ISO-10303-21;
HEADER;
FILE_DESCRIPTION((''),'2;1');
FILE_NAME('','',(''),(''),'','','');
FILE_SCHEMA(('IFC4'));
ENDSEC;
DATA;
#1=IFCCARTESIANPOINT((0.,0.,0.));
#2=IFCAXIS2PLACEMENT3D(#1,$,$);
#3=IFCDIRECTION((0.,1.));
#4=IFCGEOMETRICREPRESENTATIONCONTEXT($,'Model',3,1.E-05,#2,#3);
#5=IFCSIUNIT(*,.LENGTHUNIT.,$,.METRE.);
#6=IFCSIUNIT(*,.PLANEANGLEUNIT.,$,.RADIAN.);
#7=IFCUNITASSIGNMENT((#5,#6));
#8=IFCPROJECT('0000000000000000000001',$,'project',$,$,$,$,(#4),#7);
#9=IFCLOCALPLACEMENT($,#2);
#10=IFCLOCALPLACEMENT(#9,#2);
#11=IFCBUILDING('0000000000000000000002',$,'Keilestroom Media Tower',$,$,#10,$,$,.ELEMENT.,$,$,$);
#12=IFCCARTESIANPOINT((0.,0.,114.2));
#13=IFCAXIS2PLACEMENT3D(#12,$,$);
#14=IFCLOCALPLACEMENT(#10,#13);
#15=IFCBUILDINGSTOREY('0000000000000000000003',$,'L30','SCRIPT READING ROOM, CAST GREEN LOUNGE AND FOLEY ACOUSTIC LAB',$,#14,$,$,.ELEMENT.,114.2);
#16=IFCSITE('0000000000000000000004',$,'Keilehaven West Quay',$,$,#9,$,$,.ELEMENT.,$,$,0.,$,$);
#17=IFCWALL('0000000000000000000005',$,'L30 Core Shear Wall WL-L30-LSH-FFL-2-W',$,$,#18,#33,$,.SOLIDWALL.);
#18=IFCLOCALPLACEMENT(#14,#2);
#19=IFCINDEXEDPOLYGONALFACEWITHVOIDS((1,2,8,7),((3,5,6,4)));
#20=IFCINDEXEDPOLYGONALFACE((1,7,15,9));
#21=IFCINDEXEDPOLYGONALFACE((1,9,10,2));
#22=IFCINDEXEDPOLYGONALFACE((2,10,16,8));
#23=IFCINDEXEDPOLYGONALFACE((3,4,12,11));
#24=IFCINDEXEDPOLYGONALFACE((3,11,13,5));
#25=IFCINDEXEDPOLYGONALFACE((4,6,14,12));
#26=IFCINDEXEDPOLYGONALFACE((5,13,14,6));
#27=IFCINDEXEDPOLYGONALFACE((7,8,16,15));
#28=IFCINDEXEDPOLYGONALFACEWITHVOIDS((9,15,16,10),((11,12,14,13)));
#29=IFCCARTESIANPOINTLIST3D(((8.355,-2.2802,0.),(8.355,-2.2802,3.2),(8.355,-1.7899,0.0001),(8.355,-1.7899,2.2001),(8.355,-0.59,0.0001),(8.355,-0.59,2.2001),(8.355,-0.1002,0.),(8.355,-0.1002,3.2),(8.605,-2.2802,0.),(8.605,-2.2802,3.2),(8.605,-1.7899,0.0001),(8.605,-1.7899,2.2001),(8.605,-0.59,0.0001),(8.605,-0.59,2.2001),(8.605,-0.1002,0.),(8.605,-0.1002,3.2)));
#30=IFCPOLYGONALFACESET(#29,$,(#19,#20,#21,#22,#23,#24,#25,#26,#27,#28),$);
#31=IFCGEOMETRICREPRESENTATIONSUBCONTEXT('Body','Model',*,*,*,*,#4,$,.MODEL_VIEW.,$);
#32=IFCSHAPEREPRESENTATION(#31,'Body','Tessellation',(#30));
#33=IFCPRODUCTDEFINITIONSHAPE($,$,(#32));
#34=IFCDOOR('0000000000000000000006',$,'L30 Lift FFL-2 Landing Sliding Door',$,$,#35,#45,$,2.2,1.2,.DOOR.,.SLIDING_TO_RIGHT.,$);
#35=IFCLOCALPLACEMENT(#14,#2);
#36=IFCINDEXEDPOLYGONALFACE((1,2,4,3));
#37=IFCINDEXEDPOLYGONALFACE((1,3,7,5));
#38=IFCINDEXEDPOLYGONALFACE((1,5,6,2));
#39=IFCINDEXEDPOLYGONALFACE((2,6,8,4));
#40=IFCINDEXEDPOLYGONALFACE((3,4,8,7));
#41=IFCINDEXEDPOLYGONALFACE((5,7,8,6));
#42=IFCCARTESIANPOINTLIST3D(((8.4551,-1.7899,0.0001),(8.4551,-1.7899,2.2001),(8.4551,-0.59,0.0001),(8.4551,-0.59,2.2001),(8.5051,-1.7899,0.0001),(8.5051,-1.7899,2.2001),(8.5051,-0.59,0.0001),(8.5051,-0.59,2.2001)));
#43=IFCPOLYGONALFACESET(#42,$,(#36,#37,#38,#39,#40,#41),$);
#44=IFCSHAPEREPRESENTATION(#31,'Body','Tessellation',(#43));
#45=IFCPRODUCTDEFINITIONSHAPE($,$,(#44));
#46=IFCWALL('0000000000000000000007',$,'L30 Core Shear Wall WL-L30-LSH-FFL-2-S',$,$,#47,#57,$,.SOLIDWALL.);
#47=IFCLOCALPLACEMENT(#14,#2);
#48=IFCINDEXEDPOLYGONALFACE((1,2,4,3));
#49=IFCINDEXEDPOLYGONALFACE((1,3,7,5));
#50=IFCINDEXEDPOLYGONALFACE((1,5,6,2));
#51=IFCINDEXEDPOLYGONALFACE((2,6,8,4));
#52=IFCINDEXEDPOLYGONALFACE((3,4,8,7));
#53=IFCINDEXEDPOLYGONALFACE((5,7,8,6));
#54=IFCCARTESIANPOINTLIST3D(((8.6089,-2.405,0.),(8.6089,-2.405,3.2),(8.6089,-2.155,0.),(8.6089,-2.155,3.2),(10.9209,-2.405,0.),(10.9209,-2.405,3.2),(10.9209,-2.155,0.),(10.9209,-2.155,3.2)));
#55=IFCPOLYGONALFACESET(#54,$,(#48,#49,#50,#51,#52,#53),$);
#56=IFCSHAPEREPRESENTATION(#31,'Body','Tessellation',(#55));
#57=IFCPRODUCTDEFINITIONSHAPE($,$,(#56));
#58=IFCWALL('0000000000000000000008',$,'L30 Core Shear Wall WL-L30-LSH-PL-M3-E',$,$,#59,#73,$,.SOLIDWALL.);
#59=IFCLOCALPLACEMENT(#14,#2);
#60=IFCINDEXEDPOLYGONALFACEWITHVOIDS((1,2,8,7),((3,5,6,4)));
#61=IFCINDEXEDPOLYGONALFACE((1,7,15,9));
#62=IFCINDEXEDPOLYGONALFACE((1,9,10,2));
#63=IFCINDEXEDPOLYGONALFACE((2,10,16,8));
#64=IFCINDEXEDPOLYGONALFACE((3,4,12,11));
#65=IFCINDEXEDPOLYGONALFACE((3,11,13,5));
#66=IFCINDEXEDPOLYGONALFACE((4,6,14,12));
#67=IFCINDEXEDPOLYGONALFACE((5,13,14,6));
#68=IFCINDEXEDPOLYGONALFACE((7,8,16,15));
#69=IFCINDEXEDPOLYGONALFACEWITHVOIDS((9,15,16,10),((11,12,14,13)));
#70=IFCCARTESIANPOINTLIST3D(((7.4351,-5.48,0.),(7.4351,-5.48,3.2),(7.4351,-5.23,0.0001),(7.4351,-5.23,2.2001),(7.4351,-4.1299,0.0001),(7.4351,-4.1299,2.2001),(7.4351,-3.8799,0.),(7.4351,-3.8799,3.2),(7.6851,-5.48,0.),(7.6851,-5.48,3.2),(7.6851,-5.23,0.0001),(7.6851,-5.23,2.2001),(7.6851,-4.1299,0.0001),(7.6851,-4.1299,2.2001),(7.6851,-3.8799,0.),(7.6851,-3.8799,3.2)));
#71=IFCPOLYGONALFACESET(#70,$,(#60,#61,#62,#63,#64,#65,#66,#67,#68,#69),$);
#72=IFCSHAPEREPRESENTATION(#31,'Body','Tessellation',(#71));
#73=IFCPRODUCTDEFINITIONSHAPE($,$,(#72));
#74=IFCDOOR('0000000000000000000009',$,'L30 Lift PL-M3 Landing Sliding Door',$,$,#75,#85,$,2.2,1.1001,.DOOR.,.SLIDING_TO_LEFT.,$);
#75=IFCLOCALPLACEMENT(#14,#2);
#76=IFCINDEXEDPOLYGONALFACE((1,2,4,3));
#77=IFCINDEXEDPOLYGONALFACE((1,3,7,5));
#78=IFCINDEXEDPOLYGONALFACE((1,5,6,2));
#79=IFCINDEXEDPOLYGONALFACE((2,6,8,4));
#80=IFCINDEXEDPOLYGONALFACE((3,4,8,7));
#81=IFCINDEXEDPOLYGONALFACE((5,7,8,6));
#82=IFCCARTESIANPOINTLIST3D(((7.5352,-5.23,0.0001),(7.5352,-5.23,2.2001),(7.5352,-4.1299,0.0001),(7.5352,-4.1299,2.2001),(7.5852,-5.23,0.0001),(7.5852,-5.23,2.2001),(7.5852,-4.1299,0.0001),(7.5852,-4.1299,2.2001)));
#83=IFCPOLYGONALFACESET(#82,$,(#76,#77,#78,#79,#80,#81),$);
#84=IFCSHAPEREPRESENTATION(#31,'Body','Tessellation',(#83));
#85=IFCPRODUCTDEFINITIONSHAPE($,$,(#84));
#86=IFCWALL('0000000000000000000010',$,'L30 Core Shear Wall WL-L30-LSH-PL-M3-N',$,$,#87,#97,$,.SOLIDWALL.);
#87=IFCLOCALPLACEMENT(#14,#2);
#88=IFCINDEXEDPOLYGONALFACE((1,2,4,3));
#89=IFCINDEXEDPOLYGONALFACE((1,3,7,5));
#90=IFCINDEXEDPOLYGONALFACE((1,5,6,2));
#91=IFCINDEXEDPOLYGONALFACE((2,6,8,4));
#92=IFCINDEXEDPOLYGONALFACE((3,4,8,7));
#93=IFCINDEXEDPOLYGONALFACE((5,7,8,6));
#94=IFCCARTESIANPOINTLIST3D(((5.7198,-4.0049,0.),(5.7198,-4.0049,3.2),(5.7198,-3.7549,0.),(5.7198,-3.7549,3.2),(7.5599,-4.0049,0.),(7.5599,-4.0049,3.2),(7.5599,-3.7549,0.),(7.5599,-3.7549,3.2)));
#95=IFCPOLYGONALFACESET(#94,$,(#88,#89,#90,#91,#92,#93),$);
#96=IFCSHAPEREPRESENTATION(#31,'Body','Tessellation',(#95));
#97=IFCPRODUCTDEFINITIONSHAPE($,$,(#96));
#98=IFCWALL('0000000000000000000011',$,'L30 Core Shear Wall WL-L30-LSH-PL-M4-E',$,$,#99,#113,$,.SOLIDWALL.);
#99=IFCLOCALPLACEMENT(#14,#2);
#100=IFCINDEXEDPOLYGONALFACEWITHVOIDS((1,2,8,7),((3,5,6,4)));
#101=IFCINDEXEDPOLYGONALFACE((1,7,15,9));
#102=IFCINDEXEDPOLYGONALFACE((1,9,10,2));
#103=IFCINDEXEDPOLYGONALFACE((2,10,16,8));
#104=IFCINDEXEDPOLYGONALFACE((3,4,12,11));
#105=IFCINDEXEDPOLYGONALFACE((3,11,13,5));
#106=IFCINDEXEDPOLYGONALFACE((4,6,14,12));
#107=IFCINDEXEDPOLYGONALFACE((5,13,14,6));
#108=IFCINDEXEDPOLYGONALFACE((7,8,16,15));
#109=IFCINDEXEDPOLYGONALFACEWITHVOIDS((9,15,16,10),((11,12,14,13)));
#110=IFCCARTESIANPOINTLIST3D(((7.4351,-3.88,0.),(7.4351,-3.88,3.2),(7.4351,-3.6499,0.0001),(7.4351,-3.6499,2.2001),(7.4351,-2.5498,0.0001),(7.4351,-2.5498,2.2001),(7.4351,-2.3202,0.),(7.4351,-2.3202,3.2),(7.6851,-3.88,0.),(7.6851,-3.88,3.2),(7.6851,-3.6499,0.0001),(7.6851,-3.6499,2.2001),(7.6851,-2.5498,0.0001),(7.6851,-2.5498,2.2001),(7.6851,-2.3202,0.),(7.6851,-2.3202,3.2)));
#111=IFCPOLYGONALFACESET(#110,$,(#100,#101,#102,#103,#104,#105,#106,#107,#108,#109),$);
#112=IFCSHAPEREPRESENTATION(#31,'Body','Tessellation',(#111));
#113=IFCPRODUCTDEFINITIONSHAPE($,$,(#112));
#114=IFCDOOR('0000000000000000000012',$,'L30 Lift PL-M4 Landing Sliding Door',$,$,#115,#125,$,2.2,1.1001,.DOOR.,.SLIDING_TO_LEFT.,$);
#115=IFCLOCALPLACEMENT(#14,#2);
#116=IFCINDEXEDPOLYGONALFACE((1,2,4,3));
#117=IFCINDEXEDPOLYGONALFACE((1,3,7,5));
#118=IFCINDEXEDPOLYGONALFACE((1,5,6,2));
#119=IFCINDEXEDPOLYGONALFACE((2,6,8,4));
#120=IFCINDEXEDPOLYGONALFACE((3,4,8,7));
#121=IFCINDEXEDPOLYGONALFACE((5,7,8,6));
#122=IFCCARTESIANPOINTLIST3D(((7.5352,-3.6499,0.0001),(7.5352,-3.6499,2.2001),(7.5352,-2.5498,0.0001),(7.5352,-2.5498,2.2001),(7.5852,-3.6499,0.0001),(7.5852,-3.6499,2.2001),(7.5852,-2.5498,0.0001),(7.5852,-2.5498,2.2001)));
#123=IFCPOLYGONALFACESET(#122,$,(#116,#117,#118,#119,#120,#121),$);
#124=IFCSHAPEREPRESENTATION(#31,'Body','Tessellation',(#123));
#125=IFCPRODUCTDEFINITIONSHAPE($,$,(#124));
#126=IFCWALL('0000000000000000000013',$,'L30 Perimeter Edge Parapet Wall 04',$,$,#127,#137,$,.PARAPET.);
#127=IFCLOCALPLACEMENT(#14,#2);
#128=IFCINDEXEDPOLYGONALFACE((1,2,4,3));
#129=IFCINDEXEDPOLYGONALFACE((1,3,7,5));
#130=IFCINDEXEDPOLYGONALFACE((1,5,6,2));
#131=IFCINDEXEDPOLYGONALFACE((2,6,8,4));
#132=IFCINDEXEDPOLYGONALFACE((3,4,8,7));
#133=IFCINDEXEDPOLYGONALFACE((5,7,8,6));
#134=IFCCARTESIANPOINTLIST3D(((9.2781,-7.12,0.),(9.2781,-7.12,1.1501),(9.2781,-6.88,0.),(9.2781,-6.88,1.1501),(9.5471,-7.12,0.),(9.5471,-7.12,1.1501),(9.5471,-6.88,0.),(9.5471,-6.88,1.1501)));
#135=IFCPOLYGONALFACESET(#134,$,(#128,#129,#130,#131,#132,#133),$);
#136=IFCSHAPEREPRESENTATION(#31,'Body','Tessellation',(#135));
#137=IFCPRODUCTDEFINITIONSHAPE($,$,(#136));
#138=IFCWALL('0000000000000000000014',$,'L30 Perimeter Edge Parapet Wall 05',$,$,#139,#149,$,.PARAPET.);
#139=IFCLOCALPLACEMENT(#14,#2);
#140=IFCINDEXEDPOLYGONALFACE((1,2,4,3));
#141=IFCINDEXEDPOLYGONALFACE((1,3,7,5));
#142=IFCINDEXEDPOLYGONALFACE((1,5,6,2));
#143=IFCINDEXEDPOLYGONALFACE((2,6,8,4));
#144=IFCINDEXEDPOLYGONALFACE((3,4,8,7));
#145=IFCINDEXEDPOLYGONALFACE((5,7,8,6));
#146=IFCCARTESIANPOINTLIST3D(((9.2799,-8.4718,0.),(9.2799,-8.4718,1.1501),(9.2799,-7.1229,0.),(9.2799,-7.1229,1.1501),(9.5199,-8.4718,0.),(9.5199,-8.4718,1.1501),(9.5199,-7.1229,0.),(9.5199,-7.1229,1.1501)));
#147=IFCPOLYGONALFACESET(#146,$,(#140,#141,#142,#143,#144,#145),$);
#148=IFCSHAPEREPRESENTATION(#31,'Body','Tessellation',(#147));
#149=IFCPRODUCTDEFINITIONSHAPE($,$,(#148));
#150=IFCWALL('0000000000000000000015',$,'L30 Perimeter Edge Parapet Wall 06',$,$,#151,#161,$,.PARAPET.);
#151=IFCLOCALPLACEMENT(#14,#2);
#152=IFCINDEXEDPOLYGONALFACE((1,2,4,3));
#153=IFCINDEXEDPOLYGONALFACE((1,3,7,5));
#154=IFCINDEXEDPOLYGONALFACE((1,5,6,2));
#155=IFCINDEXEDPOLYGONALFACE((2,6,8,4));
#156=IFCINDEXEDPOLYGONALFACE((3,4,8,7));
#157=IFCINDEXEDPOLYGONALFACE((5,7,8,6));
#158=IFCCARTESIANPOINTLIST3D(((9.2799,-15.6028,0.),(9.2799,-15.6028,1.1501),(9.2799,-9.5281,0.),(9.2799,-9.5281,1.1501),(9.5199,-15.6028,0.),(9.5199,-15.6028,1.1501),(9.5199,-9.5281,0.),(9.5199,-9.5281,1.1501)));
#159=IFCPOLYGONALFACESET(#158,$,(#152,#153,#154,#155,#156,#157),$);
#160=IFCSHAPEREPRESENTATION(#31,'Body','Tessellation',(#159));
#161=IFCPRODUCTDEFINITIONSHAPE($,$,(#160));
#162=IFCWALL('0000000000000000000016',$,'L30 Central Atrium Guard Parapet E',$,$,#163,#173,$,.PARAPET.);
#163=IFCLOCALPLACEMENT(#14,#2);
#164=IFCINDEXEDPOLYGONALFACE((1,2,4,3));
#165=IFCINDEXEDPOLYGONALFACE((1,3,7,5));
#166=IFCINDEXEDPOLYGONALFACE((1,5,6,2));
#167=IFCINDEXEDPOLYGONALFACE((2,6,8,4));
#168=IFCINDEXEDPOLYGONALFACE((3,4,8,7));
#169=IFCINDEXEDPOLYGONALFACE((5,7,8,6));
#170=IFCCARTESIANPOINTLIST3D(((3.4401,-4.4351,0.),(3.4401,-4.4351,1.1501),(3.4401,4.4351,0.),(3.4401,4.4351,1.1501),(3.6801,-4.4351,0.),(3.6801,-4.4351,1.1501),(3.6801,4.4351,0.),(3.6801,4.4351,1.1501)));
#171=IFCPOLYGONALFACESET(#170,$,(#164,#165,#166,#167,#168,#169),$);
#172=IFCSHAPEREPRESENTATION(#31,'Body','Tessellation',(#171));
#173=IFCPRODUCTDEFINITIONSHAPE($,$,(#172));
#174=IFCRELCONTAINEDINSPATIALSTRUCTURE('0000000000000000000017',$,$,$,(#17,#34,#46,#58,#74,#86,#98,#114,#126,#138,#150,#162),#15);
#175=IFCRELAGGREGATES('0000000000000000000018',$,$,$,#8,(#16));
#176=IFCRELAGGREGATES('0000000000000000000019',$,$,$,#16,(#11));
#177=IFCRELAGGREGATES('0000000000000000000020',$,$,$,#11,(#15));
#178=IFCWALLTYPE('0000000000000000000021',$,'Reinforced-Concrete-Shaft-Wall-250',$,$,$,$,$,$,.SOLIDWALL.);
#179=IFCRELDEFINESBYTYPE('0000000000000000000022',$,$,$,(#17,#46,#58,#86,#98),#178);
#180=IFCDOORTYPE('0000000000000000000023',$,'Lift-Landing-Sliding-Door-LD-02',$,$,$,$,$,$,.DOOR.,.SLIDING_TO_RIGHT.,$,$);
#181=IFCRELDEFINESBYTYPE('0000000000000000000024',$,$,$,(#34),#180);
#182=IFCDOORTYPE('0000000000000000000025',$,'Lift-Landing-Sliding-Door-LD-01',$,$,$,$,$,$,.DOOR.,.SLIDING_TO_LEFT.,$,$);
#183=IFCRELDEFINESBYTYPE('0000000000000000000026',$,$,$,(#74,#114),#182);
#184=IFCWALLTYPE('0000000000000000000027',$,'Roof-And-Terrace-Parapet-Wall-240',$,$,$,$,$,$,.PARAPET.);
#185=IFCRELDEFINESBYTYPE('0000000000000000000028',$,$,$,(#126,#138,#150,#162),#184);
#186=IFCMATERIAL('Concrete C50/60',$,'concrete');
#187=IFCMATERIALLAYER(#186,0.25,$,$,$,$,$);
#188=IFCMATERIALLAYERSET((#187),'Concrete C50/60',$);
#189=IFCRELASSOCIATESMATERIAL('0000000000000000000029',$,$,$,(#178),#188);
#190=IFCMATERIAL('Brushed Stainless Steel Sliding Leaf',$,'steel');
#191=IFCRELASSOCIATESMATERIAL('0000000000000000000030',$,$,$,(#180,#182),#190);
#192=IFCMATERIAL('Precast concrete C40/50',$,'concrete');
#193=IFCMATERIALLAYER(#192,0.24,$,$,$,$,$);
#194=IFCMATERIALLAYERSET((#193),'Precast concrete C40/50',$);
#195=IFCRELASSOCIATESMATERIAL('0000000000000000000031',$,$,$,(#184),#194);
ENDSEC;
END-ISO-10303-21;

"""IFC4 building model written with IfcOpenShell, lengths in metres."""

from ifc_helpers import new_model, si_unit, direction, frame, frame_2d, origin, place, context, subcontext, project, spatial, rectangle, extrude, source, transform, mapped, material, layer, layer_set, type_object, element, fill, save


model = new_model("IFC4")

# Units and contexts
model_context = context("Model", 3, precision=1e-05, world=origin(), true_north=direction((0.0, 1.0)))
body_context = subcontext(model_context, "Body", "Model", "MODEL_VIEW")
ifc_project = project(units=[si_unit("LENGTHUNIT", "METRE"), si_unit("PLANEANGLEUNIT", "RADIAN")], contexts=[model_context])

# Site, building, storey
site_placement = place(None, origin())
site = spatial("IfcSite", under=ifc_project, at=site_placement, Name="Keilehaven West Quay", CompositionType="ELEMENT", RefElevation=0.0)
building_placement = place(site_placement, origin())
building = spatial("IfcBuilding", under=site, at=building_placement, Name="Keilestroom Media Tower", CompositionType="ELEMENT")
storey_placement = place(building_placement, frame((0.0, 0.0, 114.2)))
storey = spatial("IfcBuildingStorey", under=building, at=storey_placement, Name="L30", Description="SCRIPT READING ROOM, CAST GREEN LOUNGE AND FOLEY ACOUSTIC LAB", CompositionType="ELEMENT", Elevation=114.2)

# Shared definitions
shared_shape_1 = source(origin(), body_context, "Body", "SweptSolid", [
    extrude(rectangle(XDim=1.2, YDim=2.2, at=frame_2d((0.6001, 1.1001))), frame((0.0, 0.0249, 0.0), z_axis=(0.0, -1.0, 0.0), x_axis=(1.0, 0.0, 0.0)), (0.0, 0.0, 1.0), 0.05),
])

# Shared definitions
ifc_material_1 = material(Name="Concrete C50/60", Category="concrete")
ifc_layer_1 = layer(ifc_material_1, 0.25)
ifc_layer_set_1 = layer_set([ifc_layer_1], Name="Concrete C50/60")
wall_type_1 = type_object("IfcWallType", Name="Reinforced-Concrete-Shaft-Wall-250", PredefinedType="SOLIDWALL", material=ifc_layer_set_1)

# Wall, opening, door
wall_1_placement = place(storey_placement, frame((8.48, -2.28, 0.0), z_axis=(0.0, 0.0, 1.0), x_axis=(0.0, 1.0, 0.0)))
wall_1 = element("IfcWall", 1, at=wall_1_placement, inside=storey, type_object=wall_type_1, Name="L30 Core Shear Wall WL-L30-LSH-FFL-2-W", PredefinedType="SOLIDWALL", context=body_context, shape_type="SweptSolid", body=[
    extrude(rectangle(XDim=2.1799, YDim=0.25, at=frame_2d((1.0898, 0.0))), origin(), (0.0, 0.0, 1.0), 3.2),
])
opening_1_placement = place(wall_1_placement, frame((0.49, 0.0, 0.0)))
opening_1 = element("IfcOpeningElement", 2, at=opening_1_placement, cuts=wall_1, PredefinedType="OPENING", context=body_context, shape_type="SweptSolid", body=[
    extrude(rectangle(XDim=1.2, YDim=2.2, at=frame_2d((0.6001, 1.1001))), frame((0.0, 0.135, 0.0), z_axis=(0.0, -1.0, 0.0), x_axis=(1.0, 0.0, 0.0)), (0.0, 0.0, 1.0), 0.27),
])
ifc_material_2 = material(Name="Brushed Stainless Steel Sliding Leaf", Category="steel")
door_type_1 = type_object("IfcDoorType", Name="Lift-Landing-Sliding-Door-LD-02", OperationType="SLIDING_TO_RIGHT", PredefinedType="DOOR", material=ifc_material_2)
door_1_placement = place(opening_1_placement, origin())
door_1 = element("IfcDoor", 3, at=door_1_placement, inside=storey, type_object=door_type_1, Name="L30 Lift FFL-2 Landing Sliding Door", OperationType="SLIDING_TO_RIGHT", OverallHeight=2.2, OverallWidth=1.2, PredefinedType="DOOR", context=body_context, shape_type="MappedRepresentation", body=[
    mapped(shared_shape_1, transform((0.0, 0.0, 0.0), x_axis=(1.0, 0.0, 0.0), y_axis=(0.0, 1.0, 0.0), z_axis=(0.0, 0.0, 1.0), scale=1.0)),
])
fill(opening_1, door_1)

# Wall
wall_2_placement = place(storey_placement, frame((8.6089, -2.28, 0.0), z_axis=(0.0, 0.0, 1.0), x_axis=(1.0, 0.0, 0.0)))
element("IfcWall", 4, at=wall_2_placement, inside=storey, type_object=wall_type_1, Name="L30 Core Shear Wall WL-L30-LSH-FFL-2-S", PredefinedType="SOLIDWALL", context=body_context, shape_type="SweptSolid", body=[
    extrude(rectangle(XDim=2.312, YDim=0.25, at=frame_2d((1.156, 0.0))), origin(), (0.0, 0.0, 1.0), 3.2),
])

# Wall, opening, door
wall_3_placement = place(storey_placement, frame((7.5601, -5.48, 0.0), z_axis=(0.0, 0.0, 1.0), x_axis=(0.0, 1.0, 0.0)))
wall_3 = element("IfcWall", 5, at=wall_3_placement, inside=storey, type_object=wall_type_1, Name="L30 Core Shear Wall WL-L30-LSH-PL-M3-E", PredefinedType="SOLIDWALL", context=body_context, shape_type="SweptSolid", body=[
    extrude(rectangle(XDim=1.6001, YDim=0.25, at=frame_2d((0.8, 0.0))), origin(), (0.0, 0.0, 1.0), 3.2),
])
opening_2_placement = place(wall_3_placement, frame((0.25, 0.0, 0.0)))
opening_2 = element("IfcOpeningElement", 6, at=opening_2_placement, cuts=wall_3, PredefinedType="OPENING", context=body_context, shape_type="SweptSolid", body=[
    extrude(rectangle(XDim=1.1001, YDim=2.2, at=frame_2d((0.55, 1.1001))), frame((0.0, 0.135, 0.0), z_axis=(0.0, -1.0, 0.0), x_axis=(1.0, 0.0, 0.0)), (0.0, 0.0, 1.0), 0.27),
])
door_type_2 = type_object("IfcDoorType", Name="Lift-Landing-Sliding-Door-LD-01", OperationType="SLIDING_TO_LEFT", PredefinedType="DOOR", material=ifc_material_2)
shared_shape_2 = source(origin(), body_context, "Body", "SweptSolid", [
    extrude(rectangle(XDim=1.1001, YDim=2.2, at=frame_2d((0.55, 1.1001))), frame((0.0, 0.0249, 0.0), z_axis=(0.0, -1.0, 0.0), x_axis=(1.0, 0.0, 0.0)), (0.0, 0.0, 1.0), 0.05),
])
door_2_placement = place(opening_2_placement, origin())
door_2 = element("IfcDoor", 7, at=door_2_placement, inside=storey, type_object=door_type_2, Name="L30 Lift PL-M3 Landing Sliding Door", OperationType="SLIDING_TO_LEFT", OverallHeight=2.2, OverallWidth=1.1001, PredefinedType="DOOR", context=body_context, shape_type="MappedRepresentation", body=[
    mapped(shared_shape_2, transform((0.0, 0.0, 0.0), x_axis=(1.0, 0.0, 0.0), y_axis=(0.0, 1.0, 0.0), z_axis=(0.0, 0.0, 1.0), scale=1.0)),
])
fill(opening_2, door_2)

# Wall
wall_4_placement = place(storey_placement, frame((5.72, -3.8799, 0.0), z_axis=(0.0, 0.0, 1.0), x_axis=(1.0, 0.0, 0.0)))
element("IfcWall", 8, at=wall_4_placement, inside=storey, type_object=wall_type_1, Name="L30 Core Shear Wall WL-L30-LSH-PL-M3-N", PredefinedType="SOLIDWALL", context=body_context, shape_type="SweptSolid", body=[
    extrude(rectangle(XDim=1.8401, YDim=0.25, at=frame_2d((0.9199, 0.0))), origin(), (0.0, 0.0, 1.0), 3.2),
])

# Wall, opening, door
wall_5_placement = place(storey_placement, frame((7.5601, -3.8799, 0.0), z_axis=(0.0, 0.0, 1.0), x_axis=(0.0, 1.0, 0.0)))
wall_5 = element("IfcWall", 9, at=wall_5_placement, inside=storey, type_object=wall_type_1, Name="L30 Core Shear Wall WL-L30-LSH-PL-M4-E", PredefinedType="SOLIDWALL", context=body_context, shape_type="SweptSolid", body=[
    extrude(rectangle(XDim=1.5598, YDim=0.25, at=frame_2d((0.7798, 0.0))), origin(), (0.0, 0.0, 1.0), 3.2),
])
opening_3_placement = place(wall_5_placement, frame((0.23, 0.0, 0.0)))
opening_3 = element("IfcOpeningElement", 10, at=opening_3_placement, cuts=wall_5, PredefinedType="OPENING", context=body_context, shape_type="SweptSolid", body=[
    extrude(rectangle(XDim=1.1001, YDim=2.2, at=frame_2d((0.55, 1.1001))), frame((0.0, 0.135, 0.0), z_axis=(0.0, -1.0, 0.0), x_axis=(1.0, 0.0, 0.0)), (0.0, 0.0, 1.0), 0.27),
])
door_3_placement = place(opening_3_placement, origin())
door_3 = element("IfcDoor", 11, at=door_3_placement, inside=storey, type_object=door_type_2, Name="L30 Lift PL-M4 Landing Sliding Door", OperationType="SLIDING_TO_LEFT", OverallHeight=2.2, OverallWidth=1.1001, PredefinedType="DOOR", context=body_context, shape_type="MappedRepresentation", body=[
    mapped(shared_shape_2, transform((0.0, 0.0, 0.0), x_axis=(1.0, 0.0, 0.0), y_axis=(0.0, 1.0, 0.0), z_axis=(0.0, 0.0, 1.0), scale=1.0)),
])
fill(opening_3, door_3)

# Walls
ifc_material_3 = material(Name="Precast concrete C40/50", Category="concrete")
ifc_layer_2 = layer(ifc_material_3, 0.24)
ifc_layer_set_2 = layer_set([ifc_layer_2], Name="Precast concrete C40/50")
wall_type_2 = type_object("IfcWallType", Name="Roof-And-Terrace-Parapet-Wall-240", PredefinedType="PARAPET", material=ifc_layer_set_2)
wall_6_placement = place(storey_placement, frame((9.5471, -7.0, 0.0), z_axis=(0.0, 0.0, 1.0), x_axis=(-1.0, 0.0, 0.0)))
element("IfcWall", 12, at=wall_6_placement, inside=storey, type_object=wall_type_2, Name="L30 Perimeter Edge Parapet Wall 04", PredefinedType="PARAPET", context=body_context, shape_type="SweptSolid", body=[
    extrude(rectangle(XDim=0.269, YDim=0.24, at=frame_2d((0.1345, 0.0))), origin(), (0.0, 0.0, 1.0), 1.1501),
])
wall_7_placement = place(storey_placement, frame((9.3999, -7.123, 0.0), z_axis=(0.0, 0.0, 1.0), x_axis=(0.0, -1.0, 0.0)))
element("IfcWall", 13, at=wall_7_placement, inside=storey, type_object=wall_type_2, Name="L30 Perimeter Edge Parapet Wall 05", PredefinedType="PARAPET", context=body_context, shape_type="SweptSolid", body=[
    extrude(rectangle(XDim=1.3489, YDim=0.24, at=frame_2d((0.6743, 0.0))), origin(), (0.0, 0.0, 1.0), 1.1501),
])
wall_8_placement = place(storey_placement, frame((9.3999, -9.5281, 0.0), z_axis=(0.0, 0.0, 1.0), x_axis=(0.0, -1.0, 0.0)))
element("IfcWall", 14, at=wall_8_placement, inside=storey, type_object=wall_type_2, Name="L30 Perimeter Edge Parapet Wall 06", PredefinedType="PARAPET", context=body_context, shape_type="SweptSolid", body=[
    extrude(rectangle(XDim=6.0747, YDim=0.24, at=frame_2d((3.0374, 0.0))), origin(), (0.0, 0.0, 1.0), 1.1501),
])
wall_9_placement = place(storey_placement, frame((3.5601, -4.4351, 0.0), z_axis=(0.0, 0.0, 1.0), x_axis=(0.0, 1.0, 0.0)))
element("IfcWall", 15, at=wall_9_placement, inside=storey, type_object=wall_type_2, Name="L30 Central Atrium Guard Parapet E", PredefinedType="PARAPET", context=body_context, shape_type="SweptSolid", body=[
    extrude(rectangle(XDim=8.8701, YDim=0.24, at=frame_2d((4.4351, 0.0))), origin(), (0.0, 0.0, 1.0), 1.1501),
])

save(model, "model.ifc")
